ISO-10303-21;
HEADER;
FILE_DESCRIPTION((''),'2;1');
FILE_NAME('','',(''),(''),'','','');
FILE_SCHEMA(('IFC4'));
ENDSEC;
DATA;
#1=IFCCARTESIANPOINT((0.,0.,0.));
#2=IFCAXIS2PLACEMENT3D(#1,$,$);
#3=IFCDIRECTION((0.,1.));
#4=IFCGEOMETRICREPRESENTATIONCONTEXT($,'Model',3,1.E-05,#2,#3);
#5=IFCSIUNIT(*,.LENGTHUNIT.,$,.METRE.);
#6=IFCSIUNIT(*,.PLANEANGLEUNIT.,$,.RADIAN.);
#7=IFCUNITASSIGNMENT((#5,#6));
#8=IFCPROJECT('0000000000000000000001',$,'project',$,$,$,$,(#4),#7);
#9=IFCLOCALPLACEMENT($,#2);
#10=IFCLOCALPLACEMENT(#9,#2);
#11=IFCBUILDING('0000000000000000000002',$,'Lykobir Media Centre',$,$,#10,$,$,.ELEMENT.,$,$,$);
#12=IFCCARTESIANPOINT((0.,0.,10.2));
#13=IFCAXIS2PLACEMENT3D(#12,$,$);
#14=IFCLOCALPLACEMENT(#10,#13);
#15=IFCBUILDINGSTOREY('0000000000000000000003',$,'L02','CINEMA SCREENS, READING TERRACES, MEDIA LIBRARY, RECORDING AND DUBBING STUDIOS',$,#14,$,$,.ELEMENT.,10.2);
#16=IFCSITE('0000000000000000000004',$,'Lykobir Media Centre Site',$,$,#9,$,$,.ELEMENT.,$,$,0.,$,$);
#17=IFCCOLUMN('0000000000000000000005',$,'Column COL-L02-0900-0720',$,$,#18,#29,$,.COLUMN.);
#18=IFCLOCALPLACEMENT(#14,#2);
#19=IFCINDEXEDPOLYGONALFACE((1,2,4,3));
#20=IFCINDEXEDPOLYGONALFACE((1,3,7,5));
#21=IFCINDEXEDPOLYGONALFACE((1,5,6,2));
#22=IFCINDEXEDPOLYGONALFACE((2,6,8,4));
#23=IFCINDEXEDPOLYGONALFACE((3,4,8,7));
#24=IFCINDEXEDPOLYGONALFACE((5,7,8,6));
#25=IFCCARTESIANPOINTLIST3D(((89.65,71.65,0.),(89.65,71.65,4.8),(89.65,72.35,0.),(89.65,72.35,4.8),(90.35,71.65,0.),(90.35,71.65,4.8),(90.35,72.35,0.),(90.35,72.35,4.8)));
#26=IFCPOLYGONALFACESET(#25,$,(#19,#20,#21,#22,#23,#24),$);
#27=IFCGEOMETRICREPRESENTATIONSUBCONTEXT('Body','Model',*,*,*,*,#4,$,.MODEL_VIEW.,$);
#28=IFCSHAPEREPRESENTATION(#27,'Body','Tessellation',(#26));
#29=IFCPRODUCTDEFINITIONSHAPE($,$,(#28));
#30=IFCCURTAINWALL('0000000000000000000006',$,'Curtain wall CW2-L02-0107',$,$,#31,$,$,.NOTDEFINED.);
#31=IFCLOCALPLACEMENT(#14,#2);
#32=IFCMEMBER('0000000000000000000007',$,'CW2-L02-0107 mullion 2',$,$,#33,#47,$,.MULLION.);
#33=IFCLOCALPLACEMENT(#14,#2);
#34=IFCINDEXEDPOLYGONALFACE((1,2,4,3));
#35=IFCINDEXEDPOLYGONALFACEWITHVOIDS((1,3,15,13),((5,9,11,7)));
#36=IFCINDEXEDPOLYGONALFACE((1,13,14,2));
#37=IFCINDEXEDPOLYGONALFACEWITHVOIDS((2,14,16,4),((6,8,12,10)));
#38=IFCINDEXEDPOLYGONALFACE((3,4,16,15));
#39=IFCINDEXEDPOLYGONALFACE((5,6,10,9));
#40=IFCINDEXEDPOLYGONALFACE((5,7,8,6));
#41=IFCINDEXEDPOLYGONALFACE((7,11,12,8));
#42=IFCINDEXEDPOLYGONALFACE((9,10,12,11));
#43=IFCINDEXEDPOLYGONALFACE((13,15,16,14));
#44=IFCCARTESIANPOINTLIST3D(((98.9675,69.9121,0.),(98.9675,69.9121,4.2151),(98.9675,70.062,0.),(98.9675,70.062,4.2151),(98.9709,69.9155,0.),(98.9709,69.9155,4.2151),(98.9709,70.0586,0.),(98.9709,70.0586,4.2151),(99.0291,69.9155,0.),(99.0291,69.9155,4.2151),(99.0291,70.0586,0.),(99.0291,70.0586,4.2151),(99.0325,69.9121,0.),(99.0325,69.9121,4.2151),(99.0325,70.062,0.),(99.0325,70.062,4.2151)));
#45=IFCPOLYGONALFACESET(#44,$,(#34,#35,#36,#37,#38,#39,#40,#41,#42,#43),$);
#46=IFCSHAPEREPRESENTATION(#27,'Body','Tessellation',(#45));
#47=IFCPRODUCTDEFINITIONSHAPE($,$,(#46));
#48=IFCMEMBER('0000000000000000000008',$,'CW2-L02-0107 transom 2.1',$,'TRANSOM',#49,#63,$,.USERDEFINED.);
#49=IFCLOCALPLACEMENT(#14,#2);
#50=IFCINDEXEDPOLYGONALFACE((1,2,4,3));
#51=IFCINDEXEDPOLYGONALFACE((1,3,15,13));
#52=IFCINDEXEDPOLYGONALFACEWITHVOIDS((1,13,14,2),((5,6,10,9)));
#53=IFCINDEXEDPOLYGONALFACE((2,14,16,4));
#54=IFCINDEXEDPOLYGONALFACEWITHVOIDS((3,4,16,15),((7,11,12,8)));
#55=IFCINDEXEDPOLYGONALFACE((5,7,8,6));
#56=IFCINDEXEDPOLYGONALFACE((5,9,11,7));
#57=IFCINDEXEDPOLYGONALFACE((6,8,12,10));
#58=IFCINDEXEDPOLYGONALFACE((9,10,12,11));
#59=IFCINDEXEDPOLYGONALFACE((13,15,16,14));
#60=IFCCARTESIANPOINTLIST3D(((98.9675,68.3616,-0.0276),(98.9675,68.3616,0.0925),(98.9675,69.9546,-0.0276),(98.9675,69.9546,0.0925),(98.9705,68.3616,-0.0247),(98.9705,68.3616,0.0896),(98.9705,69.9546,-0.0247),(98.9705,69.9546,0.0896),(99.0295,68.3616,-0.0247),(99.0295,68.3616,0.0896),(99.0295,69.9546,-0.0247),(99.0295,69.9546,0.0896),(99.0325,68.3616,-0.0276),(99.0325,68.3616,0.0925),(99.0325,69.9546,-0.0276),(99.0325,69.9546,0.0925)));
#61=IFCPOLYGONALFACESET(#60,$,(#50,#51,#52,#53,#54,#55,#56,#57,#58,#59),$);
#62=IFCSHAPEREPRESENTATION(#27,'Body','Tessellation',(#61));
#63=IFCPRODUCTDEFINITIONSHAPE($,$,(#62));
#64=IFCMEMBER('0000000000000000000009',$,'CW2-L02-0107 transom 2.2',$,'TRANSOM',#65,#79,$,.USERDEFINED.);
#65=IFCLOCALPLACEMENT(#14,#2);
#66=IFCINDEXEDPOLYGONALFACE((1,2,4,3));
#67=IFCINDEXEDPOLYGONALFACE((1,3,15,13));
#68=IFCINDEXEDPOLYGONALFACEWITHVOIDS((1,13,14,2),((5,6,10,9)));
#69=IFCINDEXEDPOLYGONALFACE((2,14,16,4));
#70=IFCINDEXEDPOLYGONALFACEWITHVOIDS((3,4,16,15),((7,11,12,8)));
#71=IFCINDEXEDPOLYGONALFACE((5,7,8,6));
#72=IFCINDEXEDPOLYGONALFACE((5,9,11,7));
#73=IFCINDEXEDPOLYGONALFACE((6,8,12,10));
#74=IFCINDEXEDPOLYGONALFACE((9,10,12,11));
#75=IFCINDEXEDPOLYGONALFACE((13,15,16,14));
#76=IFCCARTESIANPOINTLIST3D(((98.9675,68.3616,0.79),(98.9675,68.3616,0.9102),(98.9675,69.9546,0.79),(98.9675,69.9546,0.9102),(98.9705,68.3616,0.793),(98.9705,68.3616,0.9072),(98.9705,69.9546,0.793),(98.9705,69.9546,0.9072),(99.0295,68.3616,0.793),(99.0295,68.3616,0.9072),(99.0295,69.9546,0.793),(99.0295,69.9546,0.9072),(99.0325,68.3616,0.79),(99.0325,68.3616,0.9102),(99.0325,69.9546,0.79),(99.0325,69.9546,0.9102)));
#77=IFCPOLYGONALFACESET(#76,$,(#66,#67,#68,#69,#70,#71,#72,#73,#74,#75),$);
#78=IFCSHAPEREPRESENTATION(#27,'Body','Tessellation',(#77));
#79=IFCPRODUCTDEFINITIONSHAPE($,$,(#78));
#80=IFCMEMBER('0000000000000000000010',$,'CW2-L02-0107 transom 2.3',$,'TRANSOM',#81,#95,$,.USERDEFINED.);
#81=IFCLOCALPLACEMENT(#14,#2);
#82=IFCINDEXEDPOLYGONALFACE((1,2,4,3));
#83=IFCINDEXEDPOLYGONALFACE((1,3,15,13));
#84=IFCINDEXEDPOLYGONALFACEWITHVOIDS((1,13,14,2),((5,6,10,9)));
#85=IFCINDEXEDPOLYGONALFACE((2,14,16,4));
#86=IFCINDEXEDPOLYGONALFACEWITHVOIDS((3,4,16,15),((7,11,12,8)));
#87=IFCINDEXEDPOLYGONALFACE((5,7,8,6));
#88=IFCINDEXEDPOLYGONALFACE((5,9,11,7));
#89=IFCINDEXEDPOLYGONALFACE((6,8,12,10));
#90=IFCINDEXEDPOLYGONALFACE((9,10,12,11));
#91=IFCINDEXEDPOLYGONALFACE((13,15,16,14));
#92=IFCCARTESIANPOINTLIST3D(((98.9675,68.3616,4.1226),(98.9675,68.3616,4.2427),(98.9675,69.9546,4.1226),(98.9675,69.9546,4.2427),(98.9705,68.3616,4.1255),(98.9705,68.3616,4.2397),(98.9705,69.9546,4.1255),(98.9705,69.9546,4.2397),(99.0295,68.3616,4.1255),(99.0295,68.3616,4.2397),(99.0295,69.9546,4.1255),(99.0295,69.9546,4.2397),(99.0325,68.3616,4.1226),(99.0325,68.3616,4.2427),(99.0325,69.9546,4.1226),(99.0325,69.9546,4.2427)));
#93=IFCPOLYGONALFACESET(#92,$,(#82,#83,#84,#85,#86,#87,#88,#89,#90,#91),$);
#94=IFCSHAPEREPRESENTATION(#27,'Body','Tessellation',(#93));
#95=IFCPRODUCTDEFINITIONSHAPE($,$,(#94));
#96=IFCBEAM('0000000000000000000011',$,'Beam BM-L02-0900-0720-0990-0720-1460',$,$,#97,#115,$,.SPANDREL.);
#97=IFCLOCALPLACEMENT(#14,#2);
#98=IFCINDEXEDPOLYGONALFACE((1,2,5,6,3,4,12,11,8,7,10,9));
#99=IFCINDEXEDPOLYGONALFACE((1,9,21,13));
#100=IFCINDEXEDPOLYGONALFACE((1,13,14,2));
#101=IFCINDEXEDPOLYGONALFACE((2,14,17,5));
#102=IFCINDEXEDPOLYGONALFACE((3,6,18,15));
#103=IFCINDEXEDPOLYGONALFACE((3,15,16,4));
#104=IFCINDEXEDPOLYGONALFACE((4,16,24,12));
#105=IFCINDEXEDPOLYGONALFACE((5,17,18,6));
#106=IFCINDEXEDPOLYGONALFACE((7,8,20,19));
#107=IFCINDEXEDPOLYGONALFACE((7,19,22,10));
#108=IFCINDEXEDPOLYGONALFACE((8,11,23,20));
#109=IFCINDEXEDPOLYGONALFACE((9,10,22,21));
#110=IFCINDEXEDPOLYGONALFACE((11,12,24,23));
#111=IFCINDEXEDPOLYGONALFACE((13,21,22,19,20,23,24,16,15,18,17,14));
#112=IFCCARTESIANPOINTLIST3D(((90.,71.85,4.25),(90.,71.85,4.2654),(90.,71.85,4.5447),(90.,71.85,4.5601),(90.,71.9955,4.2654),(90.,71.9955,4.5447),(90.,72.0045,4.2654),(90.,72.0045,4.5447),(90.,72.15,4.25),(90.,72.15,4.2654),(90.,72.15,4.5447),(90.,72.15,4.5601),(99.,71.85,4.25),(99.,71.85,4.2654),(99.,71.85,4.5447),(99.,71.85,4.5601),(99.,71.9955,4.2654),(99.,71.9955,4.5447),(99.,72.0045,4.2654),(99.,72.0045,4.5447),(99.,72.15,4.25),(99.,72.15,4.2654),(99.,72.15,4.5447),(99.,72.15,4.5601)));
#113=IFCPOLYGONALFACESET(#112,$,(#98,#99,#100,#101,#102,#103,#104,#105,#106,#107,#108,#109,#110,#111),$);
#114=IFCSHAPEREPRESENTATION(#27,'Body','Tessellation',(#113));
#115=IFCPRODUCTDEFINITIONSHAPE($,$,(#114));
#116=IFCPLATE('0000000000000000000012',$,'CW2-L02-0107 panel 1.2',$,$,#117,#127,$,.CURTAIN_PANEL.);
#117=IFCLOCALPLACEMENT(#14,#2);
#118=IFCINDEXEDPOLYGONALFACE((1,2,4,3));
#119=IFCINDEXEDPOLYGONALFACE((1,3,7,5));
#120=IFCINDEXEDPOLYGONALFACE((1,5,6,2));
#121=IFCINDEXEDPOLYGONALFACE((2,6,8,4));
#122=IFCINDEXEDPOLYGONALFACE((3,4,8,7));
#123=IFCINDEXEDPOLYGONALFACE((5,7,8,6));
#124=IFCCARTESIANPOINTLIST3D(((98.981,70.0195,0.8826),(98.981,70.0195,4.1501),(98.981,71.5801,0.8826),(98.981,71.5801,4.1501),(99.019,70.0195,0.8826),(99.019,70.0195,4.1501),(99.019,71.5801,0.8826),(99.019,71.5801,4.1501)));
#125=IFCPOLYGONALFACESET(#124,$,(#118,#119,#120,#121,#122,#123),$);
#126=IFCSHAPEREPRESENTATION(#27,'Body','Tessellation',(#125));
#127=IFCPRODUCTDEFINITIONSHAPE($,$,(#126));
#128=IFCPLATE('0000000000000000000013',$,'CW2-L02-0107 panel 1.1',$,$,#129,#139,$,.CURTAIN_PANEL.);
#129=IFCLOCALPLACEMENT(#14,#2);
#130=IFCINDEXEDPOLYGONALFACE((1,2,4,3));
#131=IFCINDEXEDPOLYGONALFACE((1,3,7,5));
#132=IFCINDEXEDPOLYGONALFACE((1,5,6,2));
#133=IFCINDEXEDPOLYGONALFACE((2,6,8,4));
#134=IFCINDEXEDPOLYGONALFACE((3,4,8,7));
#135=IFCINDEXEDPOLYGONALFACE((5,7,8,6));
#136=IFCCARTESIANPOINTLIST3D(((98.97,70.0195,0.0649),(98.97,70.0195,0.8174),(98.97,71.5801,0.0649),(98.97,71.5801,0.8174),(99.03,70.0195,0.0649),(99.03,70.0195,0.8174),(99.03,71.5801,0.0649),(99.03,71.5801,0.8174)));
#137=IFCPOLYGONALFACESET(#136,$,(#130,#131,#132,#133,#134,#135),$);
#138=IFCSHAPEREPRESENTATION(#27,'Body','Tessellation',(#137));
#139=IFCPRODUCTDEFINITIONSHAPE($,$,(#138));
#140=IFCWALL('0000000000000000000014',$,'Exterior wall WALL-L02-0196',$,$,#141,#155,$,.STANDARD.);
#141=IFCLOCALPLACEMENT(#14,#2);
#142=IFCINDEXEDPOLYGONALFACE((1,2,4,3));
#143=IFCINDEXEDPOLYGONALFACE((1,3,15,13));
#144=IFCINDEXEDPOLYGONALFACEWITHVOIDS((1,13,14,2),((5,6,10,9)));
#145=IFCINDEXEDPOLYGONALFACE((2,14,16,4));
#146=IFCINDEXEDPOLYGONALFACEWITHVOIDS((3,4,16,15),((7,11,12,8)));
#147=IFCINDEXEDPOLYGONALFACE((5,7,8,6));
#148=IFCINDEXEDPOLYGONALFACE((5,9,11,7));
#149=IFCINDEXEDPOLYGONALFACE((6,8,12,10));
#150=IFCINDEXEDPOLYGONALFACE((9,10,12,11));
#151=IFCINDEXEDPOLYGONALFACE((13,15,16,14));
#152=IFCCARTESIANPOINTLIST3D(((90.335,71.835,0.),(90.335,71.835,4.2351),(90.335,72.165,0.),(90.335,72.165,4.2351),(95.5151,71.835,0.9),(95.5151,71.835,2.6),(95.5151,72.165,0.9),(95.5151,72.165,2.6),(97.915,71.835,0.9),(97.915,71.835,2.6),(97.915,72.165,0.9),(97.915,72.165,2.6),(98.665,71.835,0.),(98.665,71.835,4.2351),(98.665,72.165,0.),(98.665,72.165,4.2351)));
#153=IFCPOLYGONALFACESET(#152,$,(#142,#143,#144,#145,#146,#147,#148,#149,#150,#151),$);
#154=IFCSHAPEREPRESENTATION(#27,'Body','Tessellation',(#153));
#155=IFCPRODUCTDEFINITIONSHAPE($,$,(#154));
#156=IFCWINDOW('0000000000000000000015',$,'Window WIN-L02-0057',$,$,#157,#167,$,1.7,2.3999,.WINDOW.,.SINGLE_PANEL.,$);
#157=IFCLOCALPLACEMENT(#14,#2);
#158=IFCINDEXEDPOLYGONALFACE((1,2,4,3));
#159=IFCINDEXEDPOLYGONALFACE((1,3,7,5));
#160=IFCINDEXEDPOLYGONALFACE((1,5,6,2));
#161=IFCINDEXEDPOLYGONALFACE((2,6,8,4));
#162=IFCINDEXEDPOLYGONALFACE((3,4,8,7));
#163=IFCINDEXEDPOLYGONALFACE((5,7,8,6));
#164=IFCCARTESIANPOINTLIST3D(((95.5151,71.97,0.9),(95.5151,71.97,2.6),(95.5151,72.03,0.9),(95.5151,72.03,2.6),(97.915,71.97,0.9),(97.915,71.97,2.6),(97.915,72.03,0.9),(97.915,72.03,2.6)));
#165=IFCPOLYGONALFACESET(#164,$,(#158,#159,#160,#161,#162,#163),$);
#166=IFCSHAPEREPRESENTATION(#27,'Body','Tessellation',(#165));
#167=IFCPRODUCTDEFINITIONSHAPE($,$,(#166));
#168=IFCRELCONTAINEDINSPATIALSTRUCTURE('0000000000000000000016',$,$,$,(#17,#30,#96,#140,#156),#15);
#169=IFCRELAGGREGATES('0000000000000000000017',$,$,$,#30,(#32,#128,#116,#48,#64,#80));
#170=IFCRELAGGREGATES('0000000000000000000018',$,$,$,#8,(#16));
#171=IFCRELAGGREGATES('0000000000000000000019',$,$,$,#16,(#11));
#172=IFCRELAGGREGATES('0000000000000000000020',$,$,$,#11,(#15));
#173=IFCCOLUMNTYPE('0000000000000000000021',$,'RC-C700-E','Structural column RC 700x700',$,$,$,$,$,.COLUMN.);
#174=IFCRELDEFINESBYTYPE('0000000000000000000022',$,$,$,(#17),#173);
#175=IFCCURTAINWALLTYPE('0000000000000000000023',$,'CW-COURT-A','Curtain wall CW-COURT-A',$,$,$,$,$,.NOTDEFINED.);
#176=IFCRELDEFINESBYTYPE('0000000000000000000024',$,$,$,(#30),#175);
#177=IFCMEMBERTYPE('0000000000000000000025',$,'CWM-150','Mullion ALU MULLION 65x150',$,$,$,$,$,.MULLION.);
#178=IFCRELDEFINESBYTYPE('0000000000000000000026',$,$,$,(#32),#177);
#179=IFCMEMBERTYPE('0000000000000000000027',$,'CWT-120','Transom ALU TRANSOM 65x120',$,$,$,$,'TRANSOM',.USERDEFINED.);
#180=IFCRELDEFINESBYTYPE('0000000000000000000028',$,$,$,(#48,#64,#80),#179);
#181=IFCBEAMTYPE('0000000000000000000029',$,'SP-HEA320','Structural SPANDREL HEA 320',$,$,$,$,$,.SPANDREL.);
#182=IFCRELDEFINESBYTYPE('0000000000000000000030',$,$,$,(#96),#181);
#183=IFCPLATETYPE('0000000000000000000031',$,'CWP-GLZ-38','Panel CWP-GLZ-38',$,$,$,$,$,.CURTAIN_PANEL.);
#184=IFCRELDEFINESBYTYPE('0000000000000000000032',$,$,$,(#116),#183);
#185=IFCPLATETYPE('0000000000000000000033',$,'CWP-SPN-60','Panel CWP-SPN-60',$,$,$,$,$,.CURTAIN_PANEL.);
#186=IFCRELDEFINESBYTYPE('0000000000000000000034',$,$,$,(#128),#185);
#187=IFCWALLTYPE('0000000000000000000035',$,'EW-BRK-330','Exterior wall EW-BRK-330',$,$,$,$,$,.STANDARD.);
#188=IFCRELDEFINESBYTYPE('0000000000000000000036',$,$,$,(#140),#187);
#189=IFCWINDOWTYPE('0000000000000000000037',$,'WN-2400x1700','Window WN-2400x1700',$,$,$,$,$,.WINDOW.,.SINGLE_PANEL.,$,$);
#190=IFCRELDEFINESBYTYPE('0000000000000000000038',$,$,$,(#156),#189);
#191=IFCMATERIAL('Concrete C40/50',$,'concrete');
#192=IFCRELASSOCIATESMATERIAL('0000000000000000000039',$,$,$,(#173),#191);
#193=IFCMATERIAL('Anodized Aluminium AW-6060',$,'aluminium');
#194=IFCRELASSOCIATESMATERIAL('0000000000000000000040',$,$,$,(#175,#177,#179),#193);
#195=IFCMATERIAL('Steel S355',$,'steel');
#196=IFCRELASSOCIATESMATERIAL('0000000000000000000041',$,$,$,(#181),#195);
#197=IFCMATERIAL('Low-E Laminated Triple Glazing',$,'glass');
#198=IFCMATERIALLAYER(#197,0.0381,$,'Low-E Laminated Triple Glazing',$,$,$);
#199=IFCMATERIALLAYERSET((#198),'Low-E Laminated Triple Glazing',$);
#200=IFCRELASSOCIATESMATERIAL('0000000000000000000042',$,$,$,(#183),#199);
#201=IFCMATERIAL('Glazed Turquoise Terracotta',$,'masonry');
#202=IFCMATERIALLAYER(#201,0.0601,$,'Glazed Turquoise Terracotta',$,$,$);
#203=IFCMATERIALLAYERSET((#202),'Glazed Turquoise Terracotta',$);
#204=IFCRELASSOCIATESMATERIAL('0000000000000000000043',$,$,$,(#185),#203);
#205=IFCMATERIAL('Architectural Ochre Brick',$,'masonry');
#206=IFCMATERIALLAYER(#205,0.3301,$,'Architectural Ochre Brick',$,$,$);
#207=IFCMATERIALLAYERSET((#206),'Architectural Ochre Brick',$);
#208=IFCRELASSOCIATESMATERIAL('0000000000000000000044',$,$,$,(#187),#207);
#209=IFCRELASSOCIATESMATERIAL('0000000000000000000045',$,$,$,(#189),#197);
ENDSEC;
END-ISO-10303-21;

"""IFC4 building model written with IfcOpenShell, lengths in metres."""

from ifc_helpers import new_model, si_unit, direction, frame, frame_2d, origin, origin_2d, place, context, subcontext, project, spatial, rectangle, hollow_rectangle, i_section, extrude, material, layer, layer_set, material_profile, profile_set, type_object, element, fill, aggregate, save


model = new_model("IFC4")

# Units and contexts
model_context = context("Model", 3, precision=1e-05, world=origin(), true_north=direction((0.0, 1.0)))
body_context = subcontext(model_context, "Body", "Model", "MODEL_VIEW")
ifc_project = project(units=[si_unit("LENGTHUNIT", "METRE"), si_unit("PLANEANGLEUNIT", "RADIAN")], contexts=[model_context])

# Site, building, storey
site_placement = place(None, origin())
site = spatial("IfcSite", under=ifc_project, at=site_placement, Name="Lykobir Media Centre Site", CompositionType="ELEMENT", RefElevation=0.0)
building_placement = place(site_placement, origin())
building = spatial("IfcBuilding", under=site, at=building_placement, Name="Lykobir Media Centre", CompositionType="ELEMENT")
storey_placement = place(building_placement, frame((0.0, 0.0, 10.2)))
storey = spatial("IfcBuildingStorey", under=building, at=storey_placement, Name="L02", Description="CINEMA SCREENS, READING TERRACES, MEDIA LIBRARY, RECORDING AND DUBBING STUDIOS", CompositionType="ELEMENT", Elevation=10.2)

# Column
ifc_material_1 = material(Name="Concrete C40/50", Category="concrete")
ifc_material_profile_1 = material_profile(ifc_material_1, rectangle(XDim=0.7, YDim=0.7, at=origin_2d()), Name="RC 700x700")
ifc_profile_set_1 = profile_set([ifc_material_profile_1], Name="Concrete C40/50")
column_type = type_object("IfcColumnType", Name="RC-C700-E", Description="Structural column RC 700x700", PredefinedType="COLUMN", material=ifc_profile_set_1)
column_placement = place(storey_placement, frame((90.0, 72.0, 0.0), z_axis=(0.0, 0.0, 1.0), x_axis=(1.0, 0.0, 0.0)))
element("IfcColumn", 1, at=column_placement, inside=storey, type_object=column_type, Name="Column COL-L02-0900-0720", PredefinedType="COLUMN", context=body_context, shape_type="SweptSolid", body=[
    extrude(rectangle(XDim=0.7, YDim=0.7, at=origin_2d()), origin(), (0.0, 0.0, 1.0), 4.8),
])

# Curtain wall, members
ifc_material_2 = material(Name="Anodized Aluminium AW-6060", Category="aluminium")
curtain_wall_type = type_object("IfcCurtainWallType", Name="CW-COURT-A", Description="Curtain wall CW-COURT-A", PredefinedType="NOTDEFINED", material=ifc_material_2)
curtain_wall_placement = place(storey_placement, origin())
curtain_wall = element("IfcCurtainWall", 2, at=curtain_wall_placement, inside=storey, type_object=curtain_wall_type, Name="Curtain wall CW2-L02-0107", PredefinedType="NOTDEFINED")
ifc_material_profile_2 = material_profile(ifc_material_2, hollow_rectangle(XDim=0.0649, YDim=0.1499, WallThickness=0.0034, at=origin_2d()), Name="ALU MULLION 65x150")
ifc_profile_set_2 = profile_set([ifc_material_profile_2], Name="Anodized Aluminium AW-6060")
member_type_1 = type_object("IfcMemberType", Name="CWM-150", Description="Mullion ALU MULLION 65x150", PredefinedType="MULLION", material=ifc_profile_set_2)
member_1_placement = place(storey_placement, frame((99.0, 69.9871, 0.0), z_axis=(0.0, 0.0, 1.0), x_axis=(1.0, 0.0, 0.0)))
member_1 = element("IfcMember", 3, at=member_1_placement, type_object=member_type_1, Name="CW2-L02-0107 mullion 2", PredefinedType="MULLION", context=body_context, shape_type="SweptSolid", body=[
    extrude(hollow_rectangle(XDim=0.0649, YDim=0.1499, WallThickness=0.0034, at=origin_2d()), origin(), (0.0, 0.0, 1.0), 4.2151),
])
ifc_material_profile_3 = material_profile(ifc_material_2, hollow_rectangle(XDim=0.0649, YDim=0.1201, WallThickness=0.0029, at=origin_2d()), Name="ALU TRANSOM 65x120")
ifc_profile_set_3 = profile_set([ifc_material_profile_3], Name="Anodized Aluminium AW-6060")
member_type_2 = type_object("IfcMemberType", Name="CWT-120", Description="Transom ALU TRANSOM 65x120", ElementType="TRANSOM", PredefinedType="USERDEFINED", material=ifc_profile_set_3)
member_2_placement = place(storey_placement, frame((99.0, 69.9546, 0.0325), z_axis=(0.0, -1.0, 0.0), x_axis=(1.0, 0.0, 0.0)))
member_2 = element("IfcMember", 4, at=member_2_placement, type_object=member_type_2, Name="CW2-L02-0107 transom 2.1", ObjectType="TRANSOM", PredefinedType="USERDEFINED", context=body_context, shape_type="SweptSolid", body=[
    extrude(hollow_rectangle(XDim=0.0649, YDim=0.1201, WallThickness=0.0029, at=origin_2d()), origin(), (0.0, 0.0, 1.0), 1.593),
])
member_3_placement = place(storey_placement, frame((99.0, 69.9546, 0.8501), z_axis=(0.0, -1.0, 0.0), x_axis=(1.0, 0.0, 0.0)))
member_3 = element("IfcMember", 5, at=member_3_placement, type_object=member_type_2, Name="CW2-L02-0107 transom 2.2", ObjectType="TRANSOM", PredefinedType="USERDEFINED", context=body_context, shape_type="SweptSolid", body=[
    extrude(hollow_rectangle(XDim=0.0649, YDim=0.1201, WallThickness=0.0029, at=origin_2d()), origin(), (0.0, 0.0, 1.0), 1.593),
])
member_4_placement = place(storey_placement, frame((99.0, 69.9546, 4.1826), z_axis=(0.0, -1.0, 0.0), x_axis=(1.0, 0.0, 0.0)))
member_4 = element("IfcMember", 6, at=member_4_placement, type_object=member_type_2, Name="CW2-L02-0107 transom 2.3", ObjectType="TRANSOM", PredefinedType="USERDEFINED", context=body_context, shape_type="SweptSolid", body=[
    extrude(hollow_rectangle(XDim=0.0649, YDim=0.1201, WallThickness=0.0029, at=origin_2d()), origin(), (0.0, 0.0, 1.0), 1.593),
])

# Beam
ifc_material_3 = material(Name="Steel S355", Category="steel")
ifc_material_profile_4 = material_profile(ifc_material_3, i_section(OverallWidth=0.3, OverallDepth=0.3101, WebThickness=0.009, FlangeThickness=0.0154, at=origin_2d()), Name="HEA 320")
ifc_profile_set_4 = profile_set([ifc_material_profile_4], Name="Steel S355")
beam_type = type_object("IfcBeamType", Name="SP-HEA320", Description="Structural SPANDREL HEA 320", PredefinedType="SPANDREL", material=ifc_profile_set_4)
beam_placement = place(storey_placement, frame((90.0, 72.0, 4.405), z_axis=(1.0, 0.0, 0.0), x_axis=(0.0, 1.0, 0.0)))
element("IfcBeam", 7, at=beam_placement, inside=storey, type_object=beam_type, Name="Beam BM-L02-0900-0720-0990-0720-1460", PredefinedType="SPANDREL", context=body_context, shape_type="SweptSolid", body=[
    extrude(i_section(OverallWidth=0.3, OverallDepth=0.3101, WebThickness=0.009, FlangeThickness=0.0154, at=origin_2d()), origin(), (0.0, 0.0, 1.0), 9.0),
])

# Plates
ifc_material_4 = material(Name="Low-E Laminated Triple Glazing", Category="glass")
ifc_layer_1 = layer(ifc_material_4, 0.0381, Name="Low-E Laminated Triple Glazing")
ifc_layer_set_1 = layer_set([ifc_layer_1], Name="Low-E Laminated Triple Glazing")
plate_type_1 = type_object("IfcPlateType", Name="CWP-GLZ-38", Description="Panel CWP-GLZ-38", PredefinedType="CURTAIN_PANEL", material=ifc_layer_set_1)
plate_1_placement = place(storey_placement, frame((99.0, 70.7998, 0.8826), z_axis=(0.0, 0.0, 1.0), x_axis=(0.0, -1.0, 0.0)))
plate_1 = element("IfcPlate", 8, at=plate_1_placement, type_object=plate_type_1, Name="CW2-L02-0107 panel 1.2", PredefinedType="CURTAIN_PANEL", context=body_context, shape_type="SweptSolid", body=[
    extrude(rectangle(XDim=1.5605, YDim=0.0381, at=origin_2d()), origin(), (0.0, 0.0, 1.0), 3.2676),
])
ifc_material_5 = material(Name="Glazed Turquoise Terracotta", Category="masonry")
ifc_layer_2 = layer(ifc_material_5, 0.0601, Name="Glazed Turquoise Terracotta")
ifc_layer_set_2 = layer_set([ifc_layer_2], Name="Glazed Turquoise Terracotta")
plate_type_2 = type_object("IfcPlateType", Name="CWP-SPN-60", Description="Panel CWP-SPN-60", PredefinedType="CURTAIN_PANEL", material=ifc_layer_set_2)
plate_2_placement = place(storey_placement, frame((99.0, 70.7998, 0.0649), z_axis=(0.0, 0.0, 1.0), x_axis=(0.0, -1.0, 0.0)))
plate_2 = element("IfcPlate", 9, at=plate_2_placement, type_object=plate_type_2, Name="CW2-L02-0107 panel 1.1", PredefinedType="CURTAIN_PANEL", context=body_context, shape_type="SweptSolid", body=[
    extrude(rectangle(XDim=1.5605, YDim=0.0601, at=origin_2d()), origin(), (0.0, 0.0, 1.0), 0.7524),
])
aggregate(curtain_wall, [member_1, plate_2, plate_1, member_2, member_3, member_4])

# Wall, opening, window
ifc_material_6 = material(Name="Architectural Ochre Brick", Category="masonry")
ifc_layer_3 = layer(ifc_material_6, 0.3301, Name="Architectural Ochre Brick")
ifc_layer_set_3 = layer_set([ifc_layer_3], Name="Architectural Ochre Brick")
wall_type = type_object("IfcWallType", Name="EW-BRK-330", Description="Exterior wall EW-BRK-330", PredefinedType="STANDARD", material=ifc_layer_set_3)
wall_1_placement = place(storey_placement, frame((98.665, 72.0, 0.0), z_axis=(0.0, 0.0, 1.0), x_axis=(-1.0, 0.0, 0.0)))
wall_1 = element("IfcWall", 10, at=wall_1_placement, inside=storey, type_object=wall_type, Name="Exterior wall WALL-L02-0196", PredefinedType="STANDARD", context=body_context, shape_type="SweptSolid", body=[
    extrude(rectangle(XDim=8.3301, YDim=0.3301, at=frame_2d((4.165, 0.0))), origin(), (0.0, 0.0, 1.0), 4.2351),
])
opening_1_placement = place(wall_1_placement, frame((0.75, 0.0, 0.8999)))
opening_1 = element("IfcOpeningElement", 11, at=opening_1_placement, cuts=wall_1, PredefinedType="OPENING", context=body_context, shape_type="SweptSolid", body=[
    extrude(rectangle(XDim=2.3999, YDim=1.7, at=frame_2d((1.2, 0.8501))), frame((0.0, 0.175, 0.0), z_axis=(0.0, -1.0, 0.0), x_axis=(1.0, 0.0, 0.0)), (0.0, 0.0, 1.0), 0.3501),
])
window_type_1 = type_object("IfcWindowType", Name="WN-2400x1700", Description="Window WN-2400x1700", PartitioningType="SINGLE_PANEL", PredefinedType="WINDOW", material=ifc_material_4)
window_1_placement = place(opening_1_placement, origin())
window_1 = element("IfcWindow", 12, at=window_1_placement, inside=storey, type_object=window_type_1, Name="Window WIN-L02-0057", OverallHeight=1.7, OverallWidth=2.3999, PartitioningType="SINGLE_PANEL", PredefinedType="WINDOW", context=body_context, shape_type="SweptSolid", body=[
    extrude(rectangle(XDim=2.3999, YDim=1.7, at=frame_2d((1.2, 0.8501))), frame((0.0, 0.03, 0.0), z_axis=(0.0, -1.0, 0.0), x_axis=(1.0, 0.0, 0.0)), (0.0, 0.0, 1.0), 0.0601),
])
fill(opening_1, window_1)

save(model, "model.ifc")
